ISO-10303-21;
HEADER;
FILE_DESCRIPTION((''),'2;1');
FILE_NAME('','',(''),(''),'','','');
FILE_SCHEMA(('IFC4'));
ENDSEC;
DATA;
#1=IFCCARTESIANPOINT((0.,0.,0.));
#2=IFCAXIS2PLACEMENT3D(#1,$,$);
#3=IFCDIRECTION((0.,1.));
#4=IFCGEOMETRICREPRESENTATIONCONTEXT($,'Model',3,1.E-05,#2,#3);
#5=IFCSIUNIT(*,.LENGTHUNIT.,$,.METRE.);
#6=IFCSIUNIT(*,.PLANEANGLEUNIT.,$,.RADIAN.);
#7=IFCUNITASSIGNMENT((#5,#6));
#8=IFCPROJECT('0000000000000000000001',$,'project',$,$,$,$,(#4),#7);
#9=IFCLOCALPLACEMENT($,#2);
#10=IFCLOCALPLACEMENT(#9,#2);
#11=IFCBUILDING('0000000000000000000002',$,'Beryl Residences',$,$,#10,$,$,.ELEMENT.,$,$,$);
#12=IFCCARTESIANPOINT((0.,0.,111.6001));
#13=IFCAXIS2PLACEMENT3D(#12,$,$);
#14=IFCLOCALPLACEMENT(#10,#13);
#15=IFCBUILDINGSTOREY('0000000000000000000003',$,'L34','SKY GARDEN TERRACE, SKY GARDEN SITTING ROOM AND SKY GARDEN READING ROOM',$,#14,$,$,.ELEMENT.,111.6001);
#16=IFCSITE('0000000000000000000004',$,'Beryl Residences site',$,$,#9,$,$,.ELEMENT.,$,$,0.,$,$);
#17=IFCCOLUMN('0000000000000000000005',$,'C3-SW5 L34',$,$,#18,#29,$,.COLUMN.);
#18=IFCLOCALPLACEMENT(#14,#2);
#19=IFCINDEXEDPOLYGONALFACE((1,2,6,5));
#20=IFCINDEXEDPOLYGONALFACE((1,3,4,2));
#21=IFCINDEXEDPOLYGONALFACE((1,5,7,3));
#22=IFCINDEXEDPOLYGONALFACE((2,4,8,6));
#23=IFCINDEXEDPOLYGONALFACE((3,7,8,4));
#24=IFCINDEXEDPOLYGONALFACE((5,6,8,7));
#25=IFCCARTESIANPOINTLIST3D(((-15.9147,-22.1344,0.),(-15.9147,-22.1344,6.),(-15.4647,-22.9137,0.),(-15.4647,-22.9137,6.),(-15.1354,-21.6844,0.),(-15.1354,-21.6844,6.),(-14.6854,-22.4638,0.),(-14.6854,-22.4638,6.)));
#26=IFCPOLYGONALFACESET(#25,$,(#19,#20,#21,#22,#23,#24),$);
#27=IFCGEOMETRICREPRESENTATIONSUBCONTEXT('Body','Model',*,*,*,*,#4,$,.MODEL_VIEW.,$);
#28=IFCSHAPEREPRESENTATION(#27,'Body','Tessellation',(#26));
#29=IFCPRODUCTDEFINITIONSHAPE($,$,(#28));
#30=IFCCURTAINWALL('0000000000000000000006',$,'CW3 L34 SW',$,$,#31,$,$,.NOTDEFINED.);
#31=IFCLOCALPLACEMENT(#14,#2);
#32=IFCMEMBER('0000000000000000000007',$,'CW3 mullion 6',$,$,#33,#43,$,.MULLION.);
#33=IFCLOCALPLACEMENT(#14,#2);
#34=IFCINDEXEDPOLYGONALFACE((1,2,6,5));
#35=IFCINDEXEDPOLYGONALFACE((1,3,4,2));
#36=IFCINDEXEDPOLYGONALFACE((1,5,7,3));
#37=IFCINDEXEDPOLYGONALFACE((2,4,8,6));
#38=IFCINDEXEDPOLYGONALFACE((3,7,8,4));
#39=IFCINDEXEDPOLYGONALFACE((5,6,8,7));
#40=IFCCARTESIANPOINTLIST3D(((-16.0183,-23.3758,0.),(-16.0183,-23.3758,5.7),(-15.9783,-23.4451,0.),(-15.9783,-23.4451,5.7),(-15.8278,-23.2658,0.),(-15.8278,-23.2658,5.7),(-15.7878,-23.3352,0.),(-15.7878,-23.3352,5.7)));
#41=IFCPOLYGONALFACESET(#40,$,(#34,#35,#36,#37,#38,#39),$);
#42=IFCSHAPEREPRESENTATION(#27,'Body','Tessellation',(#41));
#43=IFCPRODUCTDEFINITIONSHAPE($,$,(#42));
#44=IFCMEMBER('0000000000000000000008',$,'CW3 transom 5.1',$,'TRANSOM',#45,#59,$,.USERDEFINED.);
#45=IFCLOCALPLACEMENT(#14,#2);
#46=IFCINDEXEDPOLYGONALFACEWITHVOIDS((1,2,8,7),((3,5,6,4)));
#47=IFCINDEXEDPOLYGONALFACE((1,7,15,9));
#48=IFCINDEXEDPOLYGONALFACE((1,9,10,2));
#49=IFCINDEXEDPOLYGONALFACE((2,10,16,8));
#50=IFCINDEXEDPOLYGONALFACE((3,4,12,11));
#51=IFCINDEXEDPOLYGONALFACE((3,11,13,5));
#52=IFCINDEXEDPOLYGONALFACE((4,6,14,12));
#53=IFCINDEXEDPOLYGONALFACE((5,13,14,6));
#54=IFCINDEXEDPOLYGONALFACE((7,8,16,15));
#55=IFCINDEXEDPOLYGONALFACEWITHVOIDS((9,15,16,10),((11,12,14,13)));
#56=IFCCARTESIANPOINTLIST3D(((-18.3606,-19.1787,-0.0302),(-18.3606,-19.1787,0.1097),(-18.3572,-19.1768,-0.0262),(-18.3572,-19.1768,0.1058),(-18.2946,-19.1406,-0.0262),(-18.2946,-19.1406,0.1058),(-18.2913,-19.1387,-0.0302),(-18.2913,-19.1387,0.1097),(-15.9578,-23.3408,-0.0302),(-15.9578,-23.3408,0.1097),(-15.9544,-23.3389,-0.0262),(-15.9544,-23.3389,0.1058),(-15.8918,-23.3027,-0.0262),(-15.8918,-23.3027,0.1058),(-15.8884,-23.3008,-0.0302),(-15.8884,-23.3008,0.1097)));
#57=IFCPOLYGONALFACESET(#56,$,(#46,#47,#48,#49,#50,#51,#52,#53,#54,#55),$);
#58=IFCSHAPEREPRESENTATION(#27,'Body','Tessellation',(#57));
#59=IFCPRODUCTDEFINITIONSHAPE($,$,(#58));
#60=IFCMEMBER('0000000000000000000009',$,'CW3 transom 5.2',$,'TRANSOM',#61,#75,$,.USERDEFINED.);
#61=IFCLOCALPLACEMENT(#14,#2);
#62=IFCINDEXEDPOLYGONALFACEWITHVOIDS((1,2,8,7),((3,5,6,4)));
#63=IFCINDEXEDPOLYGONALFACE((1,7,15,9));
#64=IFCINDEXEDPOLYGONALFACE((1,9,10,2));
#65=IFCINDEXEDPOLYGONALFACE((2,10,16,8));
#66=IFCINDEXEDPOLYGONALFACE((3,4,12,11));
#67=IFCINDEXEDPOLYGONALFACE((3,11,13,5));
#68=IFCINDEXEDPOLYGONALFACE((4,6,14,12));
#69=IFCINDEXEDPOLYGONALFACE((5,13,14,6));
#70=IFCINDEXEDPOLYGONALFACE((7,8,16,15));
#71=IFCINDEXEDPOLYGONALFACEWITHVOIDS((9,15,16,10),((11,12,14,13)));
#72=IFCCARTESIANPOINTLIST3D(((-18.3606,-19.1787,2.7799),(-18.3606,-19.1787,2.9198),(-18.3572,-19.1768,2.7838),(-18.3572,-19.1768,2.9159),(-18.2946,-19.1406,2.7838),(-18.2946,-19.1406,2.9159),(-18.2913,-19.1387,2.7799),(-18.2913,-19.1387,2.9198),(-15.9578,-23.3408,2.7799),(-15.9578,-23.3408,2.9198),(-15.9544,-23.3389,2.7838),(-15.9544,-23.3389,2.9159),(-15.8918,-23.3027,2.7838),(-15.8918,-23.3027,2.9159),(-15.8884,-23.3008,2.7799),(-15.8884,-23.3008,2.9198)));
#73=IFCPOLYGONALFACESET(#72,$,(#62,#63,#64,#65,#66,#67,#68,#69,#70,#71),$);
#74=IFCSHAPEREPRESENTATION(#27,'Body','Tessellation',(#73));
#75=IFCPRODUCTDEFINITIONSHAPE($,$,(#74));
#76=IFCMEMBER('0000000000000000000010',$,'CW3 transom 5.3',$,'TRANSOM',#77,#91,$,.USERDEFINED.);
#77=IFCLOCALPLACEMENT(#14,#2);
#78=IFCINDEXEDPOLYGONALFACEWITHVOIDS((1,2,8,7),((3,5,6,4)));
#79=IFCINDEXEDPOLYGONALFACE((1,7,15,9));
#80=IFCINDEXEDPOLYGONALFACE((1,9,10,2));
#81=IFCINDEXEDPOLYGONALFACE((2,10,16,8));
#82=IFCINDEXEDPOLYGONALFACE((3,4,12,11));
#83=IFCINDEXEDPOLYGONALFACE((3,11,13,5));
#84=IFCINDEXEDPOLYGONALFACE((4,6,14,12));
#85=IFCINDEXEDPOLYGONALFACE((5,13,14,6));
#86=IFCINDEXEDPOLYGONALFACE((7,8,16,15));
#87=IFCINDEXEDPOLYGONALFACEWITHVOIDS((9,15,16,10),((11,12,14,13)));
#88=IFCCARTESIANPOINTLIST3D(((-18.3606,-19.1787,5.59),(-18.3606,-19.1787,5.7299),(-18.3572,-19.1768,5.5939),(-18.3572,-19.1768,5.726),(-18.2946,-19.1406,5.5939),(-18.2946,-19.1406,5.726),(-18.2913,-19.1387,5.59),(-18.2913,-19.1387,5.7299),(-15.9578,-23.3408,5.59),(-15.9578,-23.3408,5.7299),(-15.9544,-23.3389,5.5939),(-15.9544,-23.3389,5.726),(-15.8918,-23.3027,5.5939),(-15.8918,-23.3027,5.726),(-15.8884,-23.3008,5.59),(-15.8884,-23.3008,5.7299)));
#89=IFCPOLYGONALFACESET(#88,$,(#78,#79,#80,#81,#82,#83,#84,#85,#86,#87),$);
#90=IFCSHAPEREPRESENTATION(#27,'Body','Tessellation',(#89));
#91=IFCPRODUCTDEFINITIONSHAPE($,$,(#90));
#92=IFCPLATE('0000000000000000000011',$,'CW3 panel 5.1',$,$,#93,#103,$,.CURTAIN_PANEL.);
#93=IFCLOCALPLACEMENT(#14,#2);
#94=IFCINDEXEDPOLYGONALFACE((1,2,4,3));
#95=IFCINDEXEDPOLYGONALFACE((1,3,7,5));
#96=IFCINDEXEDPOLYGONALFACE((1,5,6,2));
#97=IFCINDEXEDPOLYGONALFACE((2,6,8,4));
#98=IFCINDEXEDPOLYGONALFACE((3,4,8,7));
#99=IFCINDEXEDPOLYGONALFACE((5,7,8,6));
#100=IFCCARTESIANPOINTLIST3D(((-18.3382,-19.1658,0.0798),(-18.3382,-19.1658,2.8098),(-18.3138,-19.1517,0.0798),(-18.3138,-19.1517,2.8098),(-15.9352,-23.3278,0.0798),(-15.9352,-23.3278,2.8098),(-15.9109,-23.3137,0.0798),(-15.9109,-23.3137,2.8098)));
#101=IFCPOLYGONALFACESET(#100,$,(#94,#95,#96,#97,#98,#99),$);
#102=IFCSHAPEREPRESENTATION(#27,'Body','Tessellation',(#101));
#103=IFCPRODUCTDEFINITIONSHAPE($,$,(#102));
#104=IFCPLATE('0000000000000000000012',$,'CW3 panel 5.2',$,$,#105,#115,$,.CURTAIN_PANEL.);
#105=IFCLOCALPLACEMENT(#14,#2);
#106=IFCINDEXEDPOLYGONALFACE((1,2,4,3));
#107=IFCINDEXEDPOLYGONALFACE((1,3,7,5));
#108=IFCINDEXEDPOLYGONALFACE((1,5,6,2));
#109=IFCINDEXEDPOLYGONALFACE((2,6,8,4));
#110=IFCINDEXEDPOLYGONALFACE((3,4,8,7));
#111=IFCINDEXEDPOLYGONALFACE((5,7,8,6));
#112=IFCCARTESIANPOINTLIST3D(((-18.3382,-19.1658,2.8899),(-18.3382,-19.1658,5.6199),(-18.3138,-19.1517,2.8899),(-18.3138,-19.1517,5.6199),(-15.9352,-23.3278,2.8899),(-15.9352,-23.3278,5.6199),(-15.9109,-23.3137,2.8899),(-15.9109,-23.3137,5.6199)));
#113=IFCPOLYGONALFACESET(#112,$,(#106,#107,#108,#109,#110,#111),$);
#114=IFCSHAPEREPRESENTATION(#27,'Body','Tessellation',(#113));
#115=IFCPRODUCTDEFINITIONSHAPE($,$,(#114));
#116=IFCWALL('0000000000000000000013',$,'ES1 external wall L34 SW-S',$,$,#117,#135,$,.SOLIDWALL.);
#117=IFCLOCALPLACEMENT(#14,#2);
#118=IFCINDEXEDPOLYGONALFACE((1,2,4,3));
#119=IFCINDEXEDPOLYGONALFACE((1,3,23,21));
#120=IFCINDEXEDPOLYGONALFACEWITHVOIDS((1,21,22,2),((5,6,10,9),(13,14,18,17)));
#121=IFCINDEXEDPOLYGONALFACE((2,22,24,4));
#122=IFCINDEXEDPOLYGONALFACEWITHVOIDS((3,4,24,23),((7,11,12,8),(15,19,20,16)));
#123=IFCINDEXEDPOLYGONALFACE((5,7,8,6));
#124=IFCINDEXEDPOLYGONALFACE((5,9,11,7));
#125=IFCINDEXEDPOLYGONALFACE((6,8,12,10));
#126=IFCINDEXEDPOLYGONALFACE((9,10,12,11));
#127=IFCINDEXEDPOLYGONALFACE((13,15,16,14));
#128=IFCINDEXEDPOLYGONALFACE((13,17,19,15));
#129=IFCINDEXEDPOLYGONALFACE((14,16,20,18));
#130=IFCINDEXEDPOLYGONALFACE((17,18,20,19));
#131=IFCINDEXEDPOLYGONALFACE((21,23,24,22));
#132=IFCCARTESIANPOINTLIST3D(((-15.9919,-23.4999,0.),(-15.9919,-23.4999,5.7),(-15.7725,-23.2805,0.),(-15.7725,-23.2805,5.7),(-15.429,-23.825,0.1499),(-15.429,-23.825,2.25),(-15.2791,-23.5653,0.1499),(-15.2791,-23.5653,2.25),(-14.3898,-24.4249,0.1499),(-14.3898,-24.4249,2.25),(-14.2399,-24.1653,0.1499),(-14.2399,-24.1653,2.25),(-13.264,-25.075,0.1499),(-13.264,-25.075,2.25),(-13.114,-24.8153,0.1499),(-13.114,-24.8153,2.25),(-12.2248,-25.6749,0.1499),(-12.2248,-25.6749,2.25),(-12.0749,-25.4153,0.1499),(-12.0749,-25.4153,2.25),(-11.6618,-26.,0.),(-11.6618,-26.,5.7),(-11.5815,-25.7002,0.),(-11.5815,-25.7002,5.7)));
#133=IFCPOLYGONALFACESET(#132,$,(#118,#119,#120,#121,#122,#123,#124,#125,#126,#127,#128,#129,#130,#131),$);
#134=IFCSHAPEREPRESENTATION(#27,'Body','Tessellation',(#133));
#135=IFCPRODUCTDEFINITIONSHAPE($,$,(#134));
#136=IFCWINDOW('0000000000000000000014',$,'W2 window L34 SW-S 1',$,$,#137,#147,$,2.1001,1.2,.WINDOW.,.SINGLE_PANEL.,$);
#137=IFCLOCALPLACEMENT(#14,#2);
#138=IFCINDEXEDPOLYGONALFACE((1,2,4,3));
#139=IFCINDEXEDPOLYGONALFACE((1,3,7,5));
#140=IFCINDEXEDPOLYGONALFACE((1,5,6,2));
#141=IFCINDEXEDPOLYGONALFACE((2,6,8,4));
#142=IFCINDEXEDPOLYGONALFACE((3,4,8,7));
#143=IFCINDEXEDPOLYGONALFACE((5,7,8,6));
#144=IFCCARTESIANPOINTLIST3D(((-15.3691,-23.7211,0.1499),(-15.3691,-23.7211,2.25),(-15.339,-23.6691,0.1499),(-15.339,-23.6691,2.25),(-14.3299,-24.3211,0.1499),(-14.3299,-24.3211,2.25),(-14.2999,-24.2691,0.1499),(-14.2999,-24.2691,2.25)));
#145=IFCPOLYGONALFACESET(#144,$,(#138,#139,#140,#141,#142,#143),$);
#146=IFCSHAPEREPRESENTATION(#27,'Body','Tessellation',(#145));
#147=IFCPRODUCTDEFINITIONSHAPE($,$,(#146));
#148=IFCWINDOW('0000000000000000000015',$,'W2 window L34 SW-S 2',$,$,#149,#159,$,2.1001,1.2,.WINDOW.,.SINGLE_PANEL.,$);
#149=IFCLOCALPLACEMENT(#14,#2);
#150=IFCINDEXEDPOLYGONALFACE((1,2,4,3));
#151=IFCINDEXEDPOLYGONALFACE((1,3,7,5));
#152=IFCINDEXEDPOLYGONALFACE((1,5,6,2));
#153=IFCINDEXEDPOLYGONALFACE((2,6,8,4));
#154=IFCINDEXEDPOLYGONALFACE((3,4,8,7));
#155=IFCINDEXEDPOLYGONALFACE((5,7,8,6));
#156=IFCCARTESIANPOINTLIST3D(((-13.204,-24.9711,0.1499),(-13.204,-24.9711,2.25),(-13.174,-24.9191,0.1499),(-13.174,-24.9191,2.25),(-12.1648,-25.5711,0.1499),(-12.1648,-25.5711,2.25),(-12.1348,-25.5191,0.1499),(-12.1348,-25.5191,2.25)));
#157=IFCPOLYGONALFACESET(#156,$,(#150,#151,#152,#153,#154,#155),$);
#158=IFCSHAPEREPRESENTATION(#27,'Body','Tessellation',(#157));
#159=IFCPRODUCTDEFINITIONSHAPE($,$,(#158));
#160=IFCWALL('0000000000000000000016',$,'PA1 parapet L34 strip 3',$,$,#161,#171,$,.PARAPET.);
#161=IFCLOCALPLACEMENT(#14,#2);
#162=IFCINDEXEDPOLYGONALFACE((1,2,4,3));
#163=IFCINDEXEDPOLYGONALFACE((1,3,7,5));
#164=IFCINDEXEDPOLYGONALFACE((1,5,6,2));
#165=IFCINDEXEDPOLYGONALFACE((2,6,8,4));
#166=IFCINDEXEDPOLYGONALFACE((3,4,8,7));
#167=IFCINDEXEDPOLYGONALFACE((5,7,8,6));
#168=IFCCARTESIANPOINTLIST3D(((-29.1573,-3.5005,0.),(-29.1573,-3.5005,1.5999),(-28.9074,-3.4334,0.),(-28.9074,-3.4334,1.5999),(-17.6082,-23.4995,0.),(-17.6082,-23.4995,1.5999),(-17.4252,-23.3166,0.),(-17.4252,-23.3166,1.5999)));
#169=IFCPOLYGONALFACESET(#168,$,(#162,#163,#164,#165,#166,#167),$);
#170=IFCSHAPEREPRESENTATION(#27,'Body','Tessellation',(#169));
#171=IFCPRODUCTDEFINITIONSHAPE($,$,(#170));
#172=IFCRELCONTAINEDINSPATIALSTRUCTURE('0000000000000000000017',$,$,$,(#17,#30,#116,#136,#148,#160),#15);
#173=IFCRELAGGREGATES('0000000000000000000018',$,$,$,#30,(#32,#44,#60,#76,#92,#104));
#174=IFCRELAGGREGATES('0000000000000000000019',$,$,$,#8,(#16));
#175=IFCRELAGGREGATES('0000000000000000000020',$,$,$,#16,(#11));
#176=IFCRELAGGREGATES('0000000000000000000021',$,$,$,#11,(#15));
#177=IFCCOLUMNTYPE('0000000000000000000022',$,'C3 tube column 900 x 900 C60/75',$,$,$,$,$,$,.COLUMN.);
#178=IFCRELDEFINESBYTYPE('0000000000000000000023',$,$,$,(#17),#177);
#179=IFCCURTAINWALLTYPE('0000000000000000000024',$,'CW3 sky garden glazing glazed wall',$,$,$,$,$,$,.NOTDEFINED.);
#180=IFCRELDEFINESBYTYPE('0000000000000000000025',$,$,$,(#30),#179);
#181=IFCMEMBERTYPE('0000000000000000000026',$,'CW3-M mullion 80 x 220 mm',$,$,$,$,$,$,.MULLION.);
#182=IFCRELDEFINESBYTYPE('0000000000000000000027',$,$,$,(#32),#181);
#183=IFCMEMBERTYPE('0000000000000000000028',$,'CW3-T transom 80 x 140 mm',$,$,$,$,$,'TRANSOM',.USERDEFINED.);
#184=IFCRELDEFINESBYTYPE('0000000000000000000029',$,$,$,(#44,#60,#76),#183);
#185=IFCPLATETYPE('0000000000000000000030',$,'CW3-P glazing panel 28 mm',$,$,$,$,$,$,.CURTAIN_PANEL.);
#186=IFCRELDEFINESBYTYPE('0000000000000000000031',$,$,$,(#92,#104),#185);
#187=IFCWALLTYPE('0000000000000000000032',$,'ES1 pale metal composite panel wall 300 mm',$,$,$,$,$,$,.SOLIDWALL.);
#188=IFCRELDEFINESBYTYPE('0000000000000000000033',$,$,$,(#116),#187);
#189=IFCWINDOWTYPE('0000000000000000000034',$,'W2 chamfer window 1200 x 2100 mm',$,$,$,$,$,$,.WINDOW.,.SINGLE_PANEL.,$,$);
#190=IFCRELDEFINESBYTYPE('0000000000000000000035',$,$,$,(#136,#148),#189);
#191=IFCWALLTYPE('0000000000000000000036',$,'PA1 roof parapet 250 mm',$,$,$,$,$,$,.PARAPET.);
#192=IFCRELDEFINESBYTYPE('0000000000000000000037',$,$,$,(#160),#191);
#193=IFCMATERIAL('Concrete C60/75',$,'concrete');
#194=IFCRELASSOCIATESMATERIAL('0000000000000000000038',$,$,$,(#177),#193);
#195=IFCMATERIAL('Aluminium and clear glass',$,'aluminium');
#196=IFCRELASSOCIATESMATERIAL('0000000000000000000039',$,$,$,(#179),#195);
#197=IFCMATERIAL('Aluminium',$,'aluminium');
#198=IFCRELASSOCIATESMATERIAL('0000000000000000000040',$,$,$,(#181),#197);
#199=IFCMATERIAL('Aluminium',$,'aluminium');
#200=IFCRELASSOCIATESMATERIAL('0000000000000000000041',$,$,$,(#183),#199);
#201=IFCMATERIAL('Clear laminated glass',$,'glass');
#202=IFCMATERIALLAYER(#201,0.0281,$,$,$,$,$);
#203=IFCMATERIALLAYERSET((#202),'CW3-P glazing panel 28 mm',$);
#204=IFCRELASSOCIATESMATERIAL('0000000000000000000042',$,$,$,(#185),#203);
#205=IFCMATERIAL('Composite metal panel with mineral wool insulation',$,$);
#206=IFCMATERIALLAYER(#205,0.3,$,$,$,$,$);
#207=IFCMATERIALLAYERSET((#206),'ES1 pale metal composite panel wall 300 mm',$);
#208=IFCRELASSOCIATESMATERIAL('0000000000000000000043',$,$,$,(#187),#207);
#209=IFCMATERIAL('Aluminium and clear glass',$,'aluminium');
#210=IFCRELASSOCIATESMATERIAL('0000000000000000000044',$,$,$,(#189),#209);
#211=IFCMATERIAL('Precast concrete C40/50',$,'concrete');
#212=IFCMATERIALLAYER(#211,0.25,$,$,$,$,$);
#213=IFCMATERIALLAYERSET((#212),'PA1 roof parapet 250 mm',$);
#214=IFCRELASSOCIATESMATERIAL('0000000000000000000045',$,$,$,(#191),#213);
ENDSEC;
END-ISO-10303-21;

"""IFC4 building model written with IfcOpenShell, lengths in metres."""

from ifc_helpers import new_model, si_unit, direction, frame, frame_2d, origin, origin_2d, place, context, subcontext, project, spatial, polyline, rectangle, hollow_rectangle, outline, extrude, material, layer, layer_set, material_profile, profile_set, type_object, element, fill, aggregate, save


model = new_model("IFC4")

# Units and contexts
model_context = context("Model", 3, precision=1e-05, world=origin(), true_north=direction((0.0, 1.0)))
body_context = subcontext(model_context, "Body", "Model", "MODEL_VIEW")
ifc_project = project(units=[si_unit("LENGTHUNIT", "METRE"), si_unit("PLANEANGLEUNIT", "RADIAN")], contexts=[model_context])

# Site, building, storey
site_placement = place(None, origin())
site = spatial("IfcSite", under=ifc_project, at=site_placement, Name="Beryl Residences site", CompositionType="ELEMENT", RefElevation=0.0)
building_placement = place(site_placement, origin())
building = spatial("IfcBuilding", under=site, at=building_placement, Name="Beryl Residences", CompositionType="ELEMENT")
storey_placement = place(building_placement, frame((0.0, 0.0, 111.6001)))
storey = spatial("IfcBuildingStorey", under=building, at=storey_placement, Name="L34", Description="SKY GARDEN TERRACE, SKY GARDEN SITTING ROOM AND SKY GARDEN READING ROOM", CompositionType="ELEMENT", Elevation=111.6001)

# Column
ifc_material_1 = material(Name="Concrete C60/75", Category="concrete")
ifc_material_profile_1 = material_profile(ifc_material_1, rectangle(XDim=0.8999, YDim=0.8999, at=origin_2d()))
ifc_profile_set_1 = profile_set([ifc_material_profile_1], Name="Concrete C60/75")
column_type = type_object("IfcColumnType", Name="C3 tube column 900 x 900 C60/75", PredefinedType="COLUMN", material=ifc_profile_set_1)
column_placement = place(storey_placement, frame((-15.3, -22.2991, 0.0), z_axis=(0.0, 0.0, 1.0), x_axis=(0.5, -0.866025, 0.0)))
element("IfcColumn", 1, at=column_placement, inside=storey, type_object=column_type, Name="C3-SW5 L34", PredefinedType="COLUMN", context=body_context, shape_type="SweptSolid", body=[
    extrude(rectangle(XDim=0.8999, YDim=0.8999, at=origin_2d()), origin(), (0.0, 0.0, 1.0), 6.0),
])

# Curtain wall, members, plates
ifc_material_2 = material(Name="Aluminium and clear glass", Category="aluminium")
curtain_wall_type = type_object("IfcCurtainWallType", Name="CW3 sky garden glazing glazed wall", PredefinedType="NOTDEFINED", material=ifc_material_2)
curtain_wall_placement = place(storey_placement, origin())
curtain_wall = element("IfcCurtainWall", 2, at=curtain_wall_placement, inside=storey, type_object=curtain_wall_type, Name="CW3 L34 SW", PredefinedType="NOTDEFINED")
ifc_material_3 = material(Name="Aluminium", Category="aluminium")
ifc_material_profile_2 = material_profile(ifc_material_3, rectangle(XDim=0.0801, YDim=0.22, at=origin_2d()))
ifc_profile_set_2 = profile_set([ifc_material_profile_2], Name="Aluminium")
member_type_1 = type_object("IfcMemberType", Name="CW3-M mullion 80 x 220 mm", PredefinedType="MULLION", material=ifc_profile_set_2)
member_1_placement = place(storey_placement, frame((-15.9031, -23.3555, 0.0), z_axis=(0.0, 0.0, 1.0), x_axis=(0.500004, -0.866023, 0.0)))
member_1 = element("IfcMember", 3, at=member_1_placement, type_object=member_type_1, Name="CW3 mullion 6", PredefinedType="MULLION", context=body_context, shape_type="SweptSolid", body=[
    extrude(rectangle(XDim=0.0801, YDim=0.22, at=origin_2d()), origin(), (0.0, 0.0, 1.0), 5.7),
])
ifc_material_4 = material(Name="Aluminium", Category="aluminium")
ifc_material_profile_3 = material_profile(ifc_material_4, hollow_rectangle(XDim=0.0801, YDim=0.1399, WallThickness=0.0039, at=origin_2d()))
ifc_profile_set_3 = profile_set([ifc_material_profile_3], Name="Aluminium")
member_type_2 = type_object("IfcMemberType", Name="CW3-T transom 80 x 140 mm", ElementType="TRANSOM", PredefinedType="USERDEFINED", material=ifc_profile_set_3)
member_2_placement = place(storey_placement, frame((-18.3259, -19.1587, 0.0398), z_axis=(0.499975, -0.86604, 0.0), x_axis=(0.86604, 0.499975, 0.0)))
member_2 = element("IfcMember", 4, at=member_2_placement, type_object=member_type_2, Name="CW3 transom 5.1", ObjectType="TRANSOM", PredefinedType="USERDEFINED", context=body_context, shape_type="SweptSolid", body=[
    extrude(hollow_rectangle(XDim=0.0801, YDim=0.1399, WallThickness=0.0039, at=origin_2d()), origin(), (0.0, 0.0, 1.0), 4.8059),
])
member_3_placement = place(storey_placement, frame((-18.3259, -19.1587, 2.8499), z_axis=(0.499975, -0.86604, 0.0), x_axis=(0.86604, 0.499975, 0.0)))
member_3 = element("IfcMember", 5, at=member_3_placement, type_object=member_type_2, Name="CW3 transom 5.2", ObjectType="TRANSOM", PredefinedType="USERDEFINED", context=body_context, shape_type="SweptSolid", body=[
    extrude(hollow_rectangle(XDim=0.0801, YDim=0.1399, WallThickness=0.0039, at=origin_2d()), origin(), (0.0, 0.0, 1.0), 4.8059),
])
member_4_placement = place(storey_placement, frame((-18.3259, -19.1587, 5.6599), z_axis=(0.499975, -0.86604, 0.0), x_axis=(0.86604, 0.499975, 0.0)))
member_4 = element("IfcMember", 6, at=member_4_placement, type_object=member_type_2, Name="CW3 transom 5.3", ObjectType="TRANSOM", PredefinedType="USERDEFINED", context=body_context, shape_type="SweptSolid", body=[
    extrude(hollow_rectangle(XDim=0.0801, YDim=0.1399, WallThickness=0.0039, at=origin_2d()), origin(), (0.0, 0.0, 1.0), 4.8059),
])
ifc_material_5 = material(Name="Clear laminated glass", Category="glass")
ifc_layer_1 = layer(ifc_material_5, 0.0281)
ifc_layer_set_1 = layer_set([ifc_layer_1], Name="CW3-P glazing panel 28 mm")
plate_type = type_object("IfcPlateType", Name="CW3-P glazing panel 28 mm", PredefinedType="CURTAIN_PANEL", material=ifc_layer_set_1)
plate_1_placement = place(storey_placement, frame((-17.1245, -21.2397, 0.0798), z_axis=(0.0, 0.0, 1.0), x_axis=(0.500004, -0.866023, 0.0)))
plate_1 = element("IfcPlate", 7, at=plate_1_placement, type_object=plate_type, Name="CW3 panel 5.1", PredefinedType="CURTAIN_PANEL", context=body_context, shape_type="SweptSolid", body=[
    extrude(rectangle(XDim=4.8059, YDim=0.0281, at=origin_2d()), origin(), (0.0, 0.0, 1.0), 2.73),
])
plate_2_placement = place(storey_placement, frame((-17.1245, -21.2397, 2.8899), z_axis=(0.0, 0.0, 1.0), x_axis=(0.500004, -0.866023, 0.0)))
plate_2 = element("IfcPlate", 8, at=plate_2_placement, type_object=plate_type, Name="CW3 panel 5.2", PredefinedType="CURTAIN_PANEL", context=body_context, shape_type="SweptSolid", body=[
    extrude(rectangle(XDim=4.8059, YDim=0.0281, at=origin_2d()), origin(), (0.0, 0.0, 1.0), 2.73),
])
aggregate(curtain_wall, [member_1, member_2, member_3, member_4, plate_1, plate_2])

# Wall, openings, windows
ifc_material_6 = material(Name="Composite metal panel with mineral wool insulation")
ifc_layer_2 = layer(ifc_material_6, 0.3)
ifc_layer_set_2 = layer_set([ifc_layer_2], Name="ES1 pale metal composite panel wall 300 mm")
wall_type_1 = type_object("IfcWallType", Name="ES1 pale metal composite panel wall 300 mm", PredefinedType="SOLIDWALL", material=ifc_layer_set_2)
wall_1_placement = place(storey_placement, frame((-15.917, -23.3701, 0.0), z_axis=(0.0, 0.0, 1.0), x_axis=(0.866023, -0.500004, 0.0)))
wall_1 = element("IfcWall", 9, at=wall_1_placement, inside=storey, type_object=wall_type_1, Name="ES1 external wall L34 SW-S", PredefinedType="SOLIDWALL", context=body_context, shape_type="SweptSolid", body=[
    extrude(outline(polyline([(0.0, -0.1499), (5.0, -0.1499), (4.9197, 0.1499), (0.0803, 0.1499), (0.0, -0.1499)])), origin(), (0.0, 0.0, 1.0), 5.7),
])
opening_1_placement = place(wall_1_placement, frame((0.6499, 0.0, 0.1499)))
opening_1 = element("IfcOpeningElement", 10, at=opening_1_placement, cuts=wall_1, PredefinedType="OPENING", context=body_context, shape_type="SweptSolid", body=[
    extrude(rectangle(XDim=1.2, YDim=2.1001, at=frame_2d((0.6001, 1.05))), frame((0.0, 0.1599, 0.0), z_axis=(0.0, -1.0, 0.0), x_axis=(1.0, 0.0, 0.0)), (0.0, 0.0, 1.0), 0.3201),
])
opening_2_placement = place(wall_1_placement, frame((3.1499, 0.0, 0.1499)))
opening_2 = element("IfcOpeningElement", 11, at=opening_2_placement, cuts=wall_1, PredefinedType="OPENING", context=body_context, shape_type="SweptSolid", body=[
    extrude(rectangle(XDim=1.2, YDim=2.1001, at=frame_2d((0.6001, 1.05))), frame((0.0, 0.1599, 0.0), z_axis=(0.0, -1.0, 0.0), x_axis=(1.0, 0.0, 0.0)), (0.0, 0.0, 1.0), 0.3201),
])
ifc_material_7 = material(Name="Aluminium and clear glass", Category="aluminium")
window_type = type_object("IfcWindowType", Name="W2 chamfer window 1200 x 2100 mm", PartitioningType="SINGLE_PANEL", PredefinedType="WINDOW", material=ifc_material_7)
window_1_placement = place(opening_1_placement, origin())
window_1 = element("IfcWindow", 12, at=window_1_placement, inside=storey, type_object=window_type, Name="W2 window L34 SW-S 1", OverallHeight=2.1001, OverallWidth=1.2, PartitioningType="SINGLE_PANEL", PredefinedType="WINDOW", context=body_context, shape_type="SweptSolid", body=[
    extrude(rectangle(XDim=1.2, YDim=2.1001, at=frame_2d((0.6001, 1.05))), frame((0.0, 0.03, 0.0), z_axis=(0.0, -1.0, 0.0), x_axis=(1.0, 0.0, 0.0)), (0.0, 0.0, 1.0), 0.0601),
])
fill(opening_1, window_1)
window_2_placement = place(opening_2_placement, origin())
window_2 = element("IfcWindow", 13, at=window_2_placement, inside=storey, type_object=window_type, Name="W2 window L34 SW-S 2", OverallHeight=2.1001, OverallWidth=1.2, PartitioningType="SINGLE_PANEL", PredefinedType="WINDOW", context=body_context, shape_type="SweptSolid", body=[
    extrude(rectangle(XDim=1.2, YDim=2.1001, at=frame_2d((0.6001, 1.05))), frame((0.0, 0.03, 0.0), z_axis=(0.0, -1.0, 0.0), x_axis=(1.0, 0.0, 0.0)), (0.0, 0.0, 1.0), 0.0601),
])
fill(opening_2, window_2)

# Wall
ifc_material_8 = material(Name="Precast concrete C40/50", Category="concrete")
ifc_layer_3 = layer(ifc_material_8, 0.25)
ifc_layer_set_3 = layer_set([ifc_layer_3], Name="PA1 roof parapet 250 mm")
wall_type_2 = type_object("IfcWallType", Name="PA1 roof parapet 250 mm", PredefinedType="PARAPET", material=ifc_layer_set_3)
wall_2_placement = place(storey_placement, frame((-17.5, -23.437, 0.0), z_axis=(0.0, 0.0, 1.0), x_axis=(-0.500085, 0.865976, 0.0)))
element("IfcWall", 14, at=wall_2_placement, inside=storey, type_object=wall_type_2, Name="PA1 parapet L34 strip 3", PredefinedType="PARAPET", context=body_context, shape_type="SweptSolid", body=[
    extrude(outline(polyline([(0.0669, -0.125), (23.0273, -0.125), (23.0942, 0.125), (0.0, 0.125), (0.0669, -0.125)])), origin(), (0.0, 0.0, 1.0), 1.5999),
])

save(model, "model.ifc")
